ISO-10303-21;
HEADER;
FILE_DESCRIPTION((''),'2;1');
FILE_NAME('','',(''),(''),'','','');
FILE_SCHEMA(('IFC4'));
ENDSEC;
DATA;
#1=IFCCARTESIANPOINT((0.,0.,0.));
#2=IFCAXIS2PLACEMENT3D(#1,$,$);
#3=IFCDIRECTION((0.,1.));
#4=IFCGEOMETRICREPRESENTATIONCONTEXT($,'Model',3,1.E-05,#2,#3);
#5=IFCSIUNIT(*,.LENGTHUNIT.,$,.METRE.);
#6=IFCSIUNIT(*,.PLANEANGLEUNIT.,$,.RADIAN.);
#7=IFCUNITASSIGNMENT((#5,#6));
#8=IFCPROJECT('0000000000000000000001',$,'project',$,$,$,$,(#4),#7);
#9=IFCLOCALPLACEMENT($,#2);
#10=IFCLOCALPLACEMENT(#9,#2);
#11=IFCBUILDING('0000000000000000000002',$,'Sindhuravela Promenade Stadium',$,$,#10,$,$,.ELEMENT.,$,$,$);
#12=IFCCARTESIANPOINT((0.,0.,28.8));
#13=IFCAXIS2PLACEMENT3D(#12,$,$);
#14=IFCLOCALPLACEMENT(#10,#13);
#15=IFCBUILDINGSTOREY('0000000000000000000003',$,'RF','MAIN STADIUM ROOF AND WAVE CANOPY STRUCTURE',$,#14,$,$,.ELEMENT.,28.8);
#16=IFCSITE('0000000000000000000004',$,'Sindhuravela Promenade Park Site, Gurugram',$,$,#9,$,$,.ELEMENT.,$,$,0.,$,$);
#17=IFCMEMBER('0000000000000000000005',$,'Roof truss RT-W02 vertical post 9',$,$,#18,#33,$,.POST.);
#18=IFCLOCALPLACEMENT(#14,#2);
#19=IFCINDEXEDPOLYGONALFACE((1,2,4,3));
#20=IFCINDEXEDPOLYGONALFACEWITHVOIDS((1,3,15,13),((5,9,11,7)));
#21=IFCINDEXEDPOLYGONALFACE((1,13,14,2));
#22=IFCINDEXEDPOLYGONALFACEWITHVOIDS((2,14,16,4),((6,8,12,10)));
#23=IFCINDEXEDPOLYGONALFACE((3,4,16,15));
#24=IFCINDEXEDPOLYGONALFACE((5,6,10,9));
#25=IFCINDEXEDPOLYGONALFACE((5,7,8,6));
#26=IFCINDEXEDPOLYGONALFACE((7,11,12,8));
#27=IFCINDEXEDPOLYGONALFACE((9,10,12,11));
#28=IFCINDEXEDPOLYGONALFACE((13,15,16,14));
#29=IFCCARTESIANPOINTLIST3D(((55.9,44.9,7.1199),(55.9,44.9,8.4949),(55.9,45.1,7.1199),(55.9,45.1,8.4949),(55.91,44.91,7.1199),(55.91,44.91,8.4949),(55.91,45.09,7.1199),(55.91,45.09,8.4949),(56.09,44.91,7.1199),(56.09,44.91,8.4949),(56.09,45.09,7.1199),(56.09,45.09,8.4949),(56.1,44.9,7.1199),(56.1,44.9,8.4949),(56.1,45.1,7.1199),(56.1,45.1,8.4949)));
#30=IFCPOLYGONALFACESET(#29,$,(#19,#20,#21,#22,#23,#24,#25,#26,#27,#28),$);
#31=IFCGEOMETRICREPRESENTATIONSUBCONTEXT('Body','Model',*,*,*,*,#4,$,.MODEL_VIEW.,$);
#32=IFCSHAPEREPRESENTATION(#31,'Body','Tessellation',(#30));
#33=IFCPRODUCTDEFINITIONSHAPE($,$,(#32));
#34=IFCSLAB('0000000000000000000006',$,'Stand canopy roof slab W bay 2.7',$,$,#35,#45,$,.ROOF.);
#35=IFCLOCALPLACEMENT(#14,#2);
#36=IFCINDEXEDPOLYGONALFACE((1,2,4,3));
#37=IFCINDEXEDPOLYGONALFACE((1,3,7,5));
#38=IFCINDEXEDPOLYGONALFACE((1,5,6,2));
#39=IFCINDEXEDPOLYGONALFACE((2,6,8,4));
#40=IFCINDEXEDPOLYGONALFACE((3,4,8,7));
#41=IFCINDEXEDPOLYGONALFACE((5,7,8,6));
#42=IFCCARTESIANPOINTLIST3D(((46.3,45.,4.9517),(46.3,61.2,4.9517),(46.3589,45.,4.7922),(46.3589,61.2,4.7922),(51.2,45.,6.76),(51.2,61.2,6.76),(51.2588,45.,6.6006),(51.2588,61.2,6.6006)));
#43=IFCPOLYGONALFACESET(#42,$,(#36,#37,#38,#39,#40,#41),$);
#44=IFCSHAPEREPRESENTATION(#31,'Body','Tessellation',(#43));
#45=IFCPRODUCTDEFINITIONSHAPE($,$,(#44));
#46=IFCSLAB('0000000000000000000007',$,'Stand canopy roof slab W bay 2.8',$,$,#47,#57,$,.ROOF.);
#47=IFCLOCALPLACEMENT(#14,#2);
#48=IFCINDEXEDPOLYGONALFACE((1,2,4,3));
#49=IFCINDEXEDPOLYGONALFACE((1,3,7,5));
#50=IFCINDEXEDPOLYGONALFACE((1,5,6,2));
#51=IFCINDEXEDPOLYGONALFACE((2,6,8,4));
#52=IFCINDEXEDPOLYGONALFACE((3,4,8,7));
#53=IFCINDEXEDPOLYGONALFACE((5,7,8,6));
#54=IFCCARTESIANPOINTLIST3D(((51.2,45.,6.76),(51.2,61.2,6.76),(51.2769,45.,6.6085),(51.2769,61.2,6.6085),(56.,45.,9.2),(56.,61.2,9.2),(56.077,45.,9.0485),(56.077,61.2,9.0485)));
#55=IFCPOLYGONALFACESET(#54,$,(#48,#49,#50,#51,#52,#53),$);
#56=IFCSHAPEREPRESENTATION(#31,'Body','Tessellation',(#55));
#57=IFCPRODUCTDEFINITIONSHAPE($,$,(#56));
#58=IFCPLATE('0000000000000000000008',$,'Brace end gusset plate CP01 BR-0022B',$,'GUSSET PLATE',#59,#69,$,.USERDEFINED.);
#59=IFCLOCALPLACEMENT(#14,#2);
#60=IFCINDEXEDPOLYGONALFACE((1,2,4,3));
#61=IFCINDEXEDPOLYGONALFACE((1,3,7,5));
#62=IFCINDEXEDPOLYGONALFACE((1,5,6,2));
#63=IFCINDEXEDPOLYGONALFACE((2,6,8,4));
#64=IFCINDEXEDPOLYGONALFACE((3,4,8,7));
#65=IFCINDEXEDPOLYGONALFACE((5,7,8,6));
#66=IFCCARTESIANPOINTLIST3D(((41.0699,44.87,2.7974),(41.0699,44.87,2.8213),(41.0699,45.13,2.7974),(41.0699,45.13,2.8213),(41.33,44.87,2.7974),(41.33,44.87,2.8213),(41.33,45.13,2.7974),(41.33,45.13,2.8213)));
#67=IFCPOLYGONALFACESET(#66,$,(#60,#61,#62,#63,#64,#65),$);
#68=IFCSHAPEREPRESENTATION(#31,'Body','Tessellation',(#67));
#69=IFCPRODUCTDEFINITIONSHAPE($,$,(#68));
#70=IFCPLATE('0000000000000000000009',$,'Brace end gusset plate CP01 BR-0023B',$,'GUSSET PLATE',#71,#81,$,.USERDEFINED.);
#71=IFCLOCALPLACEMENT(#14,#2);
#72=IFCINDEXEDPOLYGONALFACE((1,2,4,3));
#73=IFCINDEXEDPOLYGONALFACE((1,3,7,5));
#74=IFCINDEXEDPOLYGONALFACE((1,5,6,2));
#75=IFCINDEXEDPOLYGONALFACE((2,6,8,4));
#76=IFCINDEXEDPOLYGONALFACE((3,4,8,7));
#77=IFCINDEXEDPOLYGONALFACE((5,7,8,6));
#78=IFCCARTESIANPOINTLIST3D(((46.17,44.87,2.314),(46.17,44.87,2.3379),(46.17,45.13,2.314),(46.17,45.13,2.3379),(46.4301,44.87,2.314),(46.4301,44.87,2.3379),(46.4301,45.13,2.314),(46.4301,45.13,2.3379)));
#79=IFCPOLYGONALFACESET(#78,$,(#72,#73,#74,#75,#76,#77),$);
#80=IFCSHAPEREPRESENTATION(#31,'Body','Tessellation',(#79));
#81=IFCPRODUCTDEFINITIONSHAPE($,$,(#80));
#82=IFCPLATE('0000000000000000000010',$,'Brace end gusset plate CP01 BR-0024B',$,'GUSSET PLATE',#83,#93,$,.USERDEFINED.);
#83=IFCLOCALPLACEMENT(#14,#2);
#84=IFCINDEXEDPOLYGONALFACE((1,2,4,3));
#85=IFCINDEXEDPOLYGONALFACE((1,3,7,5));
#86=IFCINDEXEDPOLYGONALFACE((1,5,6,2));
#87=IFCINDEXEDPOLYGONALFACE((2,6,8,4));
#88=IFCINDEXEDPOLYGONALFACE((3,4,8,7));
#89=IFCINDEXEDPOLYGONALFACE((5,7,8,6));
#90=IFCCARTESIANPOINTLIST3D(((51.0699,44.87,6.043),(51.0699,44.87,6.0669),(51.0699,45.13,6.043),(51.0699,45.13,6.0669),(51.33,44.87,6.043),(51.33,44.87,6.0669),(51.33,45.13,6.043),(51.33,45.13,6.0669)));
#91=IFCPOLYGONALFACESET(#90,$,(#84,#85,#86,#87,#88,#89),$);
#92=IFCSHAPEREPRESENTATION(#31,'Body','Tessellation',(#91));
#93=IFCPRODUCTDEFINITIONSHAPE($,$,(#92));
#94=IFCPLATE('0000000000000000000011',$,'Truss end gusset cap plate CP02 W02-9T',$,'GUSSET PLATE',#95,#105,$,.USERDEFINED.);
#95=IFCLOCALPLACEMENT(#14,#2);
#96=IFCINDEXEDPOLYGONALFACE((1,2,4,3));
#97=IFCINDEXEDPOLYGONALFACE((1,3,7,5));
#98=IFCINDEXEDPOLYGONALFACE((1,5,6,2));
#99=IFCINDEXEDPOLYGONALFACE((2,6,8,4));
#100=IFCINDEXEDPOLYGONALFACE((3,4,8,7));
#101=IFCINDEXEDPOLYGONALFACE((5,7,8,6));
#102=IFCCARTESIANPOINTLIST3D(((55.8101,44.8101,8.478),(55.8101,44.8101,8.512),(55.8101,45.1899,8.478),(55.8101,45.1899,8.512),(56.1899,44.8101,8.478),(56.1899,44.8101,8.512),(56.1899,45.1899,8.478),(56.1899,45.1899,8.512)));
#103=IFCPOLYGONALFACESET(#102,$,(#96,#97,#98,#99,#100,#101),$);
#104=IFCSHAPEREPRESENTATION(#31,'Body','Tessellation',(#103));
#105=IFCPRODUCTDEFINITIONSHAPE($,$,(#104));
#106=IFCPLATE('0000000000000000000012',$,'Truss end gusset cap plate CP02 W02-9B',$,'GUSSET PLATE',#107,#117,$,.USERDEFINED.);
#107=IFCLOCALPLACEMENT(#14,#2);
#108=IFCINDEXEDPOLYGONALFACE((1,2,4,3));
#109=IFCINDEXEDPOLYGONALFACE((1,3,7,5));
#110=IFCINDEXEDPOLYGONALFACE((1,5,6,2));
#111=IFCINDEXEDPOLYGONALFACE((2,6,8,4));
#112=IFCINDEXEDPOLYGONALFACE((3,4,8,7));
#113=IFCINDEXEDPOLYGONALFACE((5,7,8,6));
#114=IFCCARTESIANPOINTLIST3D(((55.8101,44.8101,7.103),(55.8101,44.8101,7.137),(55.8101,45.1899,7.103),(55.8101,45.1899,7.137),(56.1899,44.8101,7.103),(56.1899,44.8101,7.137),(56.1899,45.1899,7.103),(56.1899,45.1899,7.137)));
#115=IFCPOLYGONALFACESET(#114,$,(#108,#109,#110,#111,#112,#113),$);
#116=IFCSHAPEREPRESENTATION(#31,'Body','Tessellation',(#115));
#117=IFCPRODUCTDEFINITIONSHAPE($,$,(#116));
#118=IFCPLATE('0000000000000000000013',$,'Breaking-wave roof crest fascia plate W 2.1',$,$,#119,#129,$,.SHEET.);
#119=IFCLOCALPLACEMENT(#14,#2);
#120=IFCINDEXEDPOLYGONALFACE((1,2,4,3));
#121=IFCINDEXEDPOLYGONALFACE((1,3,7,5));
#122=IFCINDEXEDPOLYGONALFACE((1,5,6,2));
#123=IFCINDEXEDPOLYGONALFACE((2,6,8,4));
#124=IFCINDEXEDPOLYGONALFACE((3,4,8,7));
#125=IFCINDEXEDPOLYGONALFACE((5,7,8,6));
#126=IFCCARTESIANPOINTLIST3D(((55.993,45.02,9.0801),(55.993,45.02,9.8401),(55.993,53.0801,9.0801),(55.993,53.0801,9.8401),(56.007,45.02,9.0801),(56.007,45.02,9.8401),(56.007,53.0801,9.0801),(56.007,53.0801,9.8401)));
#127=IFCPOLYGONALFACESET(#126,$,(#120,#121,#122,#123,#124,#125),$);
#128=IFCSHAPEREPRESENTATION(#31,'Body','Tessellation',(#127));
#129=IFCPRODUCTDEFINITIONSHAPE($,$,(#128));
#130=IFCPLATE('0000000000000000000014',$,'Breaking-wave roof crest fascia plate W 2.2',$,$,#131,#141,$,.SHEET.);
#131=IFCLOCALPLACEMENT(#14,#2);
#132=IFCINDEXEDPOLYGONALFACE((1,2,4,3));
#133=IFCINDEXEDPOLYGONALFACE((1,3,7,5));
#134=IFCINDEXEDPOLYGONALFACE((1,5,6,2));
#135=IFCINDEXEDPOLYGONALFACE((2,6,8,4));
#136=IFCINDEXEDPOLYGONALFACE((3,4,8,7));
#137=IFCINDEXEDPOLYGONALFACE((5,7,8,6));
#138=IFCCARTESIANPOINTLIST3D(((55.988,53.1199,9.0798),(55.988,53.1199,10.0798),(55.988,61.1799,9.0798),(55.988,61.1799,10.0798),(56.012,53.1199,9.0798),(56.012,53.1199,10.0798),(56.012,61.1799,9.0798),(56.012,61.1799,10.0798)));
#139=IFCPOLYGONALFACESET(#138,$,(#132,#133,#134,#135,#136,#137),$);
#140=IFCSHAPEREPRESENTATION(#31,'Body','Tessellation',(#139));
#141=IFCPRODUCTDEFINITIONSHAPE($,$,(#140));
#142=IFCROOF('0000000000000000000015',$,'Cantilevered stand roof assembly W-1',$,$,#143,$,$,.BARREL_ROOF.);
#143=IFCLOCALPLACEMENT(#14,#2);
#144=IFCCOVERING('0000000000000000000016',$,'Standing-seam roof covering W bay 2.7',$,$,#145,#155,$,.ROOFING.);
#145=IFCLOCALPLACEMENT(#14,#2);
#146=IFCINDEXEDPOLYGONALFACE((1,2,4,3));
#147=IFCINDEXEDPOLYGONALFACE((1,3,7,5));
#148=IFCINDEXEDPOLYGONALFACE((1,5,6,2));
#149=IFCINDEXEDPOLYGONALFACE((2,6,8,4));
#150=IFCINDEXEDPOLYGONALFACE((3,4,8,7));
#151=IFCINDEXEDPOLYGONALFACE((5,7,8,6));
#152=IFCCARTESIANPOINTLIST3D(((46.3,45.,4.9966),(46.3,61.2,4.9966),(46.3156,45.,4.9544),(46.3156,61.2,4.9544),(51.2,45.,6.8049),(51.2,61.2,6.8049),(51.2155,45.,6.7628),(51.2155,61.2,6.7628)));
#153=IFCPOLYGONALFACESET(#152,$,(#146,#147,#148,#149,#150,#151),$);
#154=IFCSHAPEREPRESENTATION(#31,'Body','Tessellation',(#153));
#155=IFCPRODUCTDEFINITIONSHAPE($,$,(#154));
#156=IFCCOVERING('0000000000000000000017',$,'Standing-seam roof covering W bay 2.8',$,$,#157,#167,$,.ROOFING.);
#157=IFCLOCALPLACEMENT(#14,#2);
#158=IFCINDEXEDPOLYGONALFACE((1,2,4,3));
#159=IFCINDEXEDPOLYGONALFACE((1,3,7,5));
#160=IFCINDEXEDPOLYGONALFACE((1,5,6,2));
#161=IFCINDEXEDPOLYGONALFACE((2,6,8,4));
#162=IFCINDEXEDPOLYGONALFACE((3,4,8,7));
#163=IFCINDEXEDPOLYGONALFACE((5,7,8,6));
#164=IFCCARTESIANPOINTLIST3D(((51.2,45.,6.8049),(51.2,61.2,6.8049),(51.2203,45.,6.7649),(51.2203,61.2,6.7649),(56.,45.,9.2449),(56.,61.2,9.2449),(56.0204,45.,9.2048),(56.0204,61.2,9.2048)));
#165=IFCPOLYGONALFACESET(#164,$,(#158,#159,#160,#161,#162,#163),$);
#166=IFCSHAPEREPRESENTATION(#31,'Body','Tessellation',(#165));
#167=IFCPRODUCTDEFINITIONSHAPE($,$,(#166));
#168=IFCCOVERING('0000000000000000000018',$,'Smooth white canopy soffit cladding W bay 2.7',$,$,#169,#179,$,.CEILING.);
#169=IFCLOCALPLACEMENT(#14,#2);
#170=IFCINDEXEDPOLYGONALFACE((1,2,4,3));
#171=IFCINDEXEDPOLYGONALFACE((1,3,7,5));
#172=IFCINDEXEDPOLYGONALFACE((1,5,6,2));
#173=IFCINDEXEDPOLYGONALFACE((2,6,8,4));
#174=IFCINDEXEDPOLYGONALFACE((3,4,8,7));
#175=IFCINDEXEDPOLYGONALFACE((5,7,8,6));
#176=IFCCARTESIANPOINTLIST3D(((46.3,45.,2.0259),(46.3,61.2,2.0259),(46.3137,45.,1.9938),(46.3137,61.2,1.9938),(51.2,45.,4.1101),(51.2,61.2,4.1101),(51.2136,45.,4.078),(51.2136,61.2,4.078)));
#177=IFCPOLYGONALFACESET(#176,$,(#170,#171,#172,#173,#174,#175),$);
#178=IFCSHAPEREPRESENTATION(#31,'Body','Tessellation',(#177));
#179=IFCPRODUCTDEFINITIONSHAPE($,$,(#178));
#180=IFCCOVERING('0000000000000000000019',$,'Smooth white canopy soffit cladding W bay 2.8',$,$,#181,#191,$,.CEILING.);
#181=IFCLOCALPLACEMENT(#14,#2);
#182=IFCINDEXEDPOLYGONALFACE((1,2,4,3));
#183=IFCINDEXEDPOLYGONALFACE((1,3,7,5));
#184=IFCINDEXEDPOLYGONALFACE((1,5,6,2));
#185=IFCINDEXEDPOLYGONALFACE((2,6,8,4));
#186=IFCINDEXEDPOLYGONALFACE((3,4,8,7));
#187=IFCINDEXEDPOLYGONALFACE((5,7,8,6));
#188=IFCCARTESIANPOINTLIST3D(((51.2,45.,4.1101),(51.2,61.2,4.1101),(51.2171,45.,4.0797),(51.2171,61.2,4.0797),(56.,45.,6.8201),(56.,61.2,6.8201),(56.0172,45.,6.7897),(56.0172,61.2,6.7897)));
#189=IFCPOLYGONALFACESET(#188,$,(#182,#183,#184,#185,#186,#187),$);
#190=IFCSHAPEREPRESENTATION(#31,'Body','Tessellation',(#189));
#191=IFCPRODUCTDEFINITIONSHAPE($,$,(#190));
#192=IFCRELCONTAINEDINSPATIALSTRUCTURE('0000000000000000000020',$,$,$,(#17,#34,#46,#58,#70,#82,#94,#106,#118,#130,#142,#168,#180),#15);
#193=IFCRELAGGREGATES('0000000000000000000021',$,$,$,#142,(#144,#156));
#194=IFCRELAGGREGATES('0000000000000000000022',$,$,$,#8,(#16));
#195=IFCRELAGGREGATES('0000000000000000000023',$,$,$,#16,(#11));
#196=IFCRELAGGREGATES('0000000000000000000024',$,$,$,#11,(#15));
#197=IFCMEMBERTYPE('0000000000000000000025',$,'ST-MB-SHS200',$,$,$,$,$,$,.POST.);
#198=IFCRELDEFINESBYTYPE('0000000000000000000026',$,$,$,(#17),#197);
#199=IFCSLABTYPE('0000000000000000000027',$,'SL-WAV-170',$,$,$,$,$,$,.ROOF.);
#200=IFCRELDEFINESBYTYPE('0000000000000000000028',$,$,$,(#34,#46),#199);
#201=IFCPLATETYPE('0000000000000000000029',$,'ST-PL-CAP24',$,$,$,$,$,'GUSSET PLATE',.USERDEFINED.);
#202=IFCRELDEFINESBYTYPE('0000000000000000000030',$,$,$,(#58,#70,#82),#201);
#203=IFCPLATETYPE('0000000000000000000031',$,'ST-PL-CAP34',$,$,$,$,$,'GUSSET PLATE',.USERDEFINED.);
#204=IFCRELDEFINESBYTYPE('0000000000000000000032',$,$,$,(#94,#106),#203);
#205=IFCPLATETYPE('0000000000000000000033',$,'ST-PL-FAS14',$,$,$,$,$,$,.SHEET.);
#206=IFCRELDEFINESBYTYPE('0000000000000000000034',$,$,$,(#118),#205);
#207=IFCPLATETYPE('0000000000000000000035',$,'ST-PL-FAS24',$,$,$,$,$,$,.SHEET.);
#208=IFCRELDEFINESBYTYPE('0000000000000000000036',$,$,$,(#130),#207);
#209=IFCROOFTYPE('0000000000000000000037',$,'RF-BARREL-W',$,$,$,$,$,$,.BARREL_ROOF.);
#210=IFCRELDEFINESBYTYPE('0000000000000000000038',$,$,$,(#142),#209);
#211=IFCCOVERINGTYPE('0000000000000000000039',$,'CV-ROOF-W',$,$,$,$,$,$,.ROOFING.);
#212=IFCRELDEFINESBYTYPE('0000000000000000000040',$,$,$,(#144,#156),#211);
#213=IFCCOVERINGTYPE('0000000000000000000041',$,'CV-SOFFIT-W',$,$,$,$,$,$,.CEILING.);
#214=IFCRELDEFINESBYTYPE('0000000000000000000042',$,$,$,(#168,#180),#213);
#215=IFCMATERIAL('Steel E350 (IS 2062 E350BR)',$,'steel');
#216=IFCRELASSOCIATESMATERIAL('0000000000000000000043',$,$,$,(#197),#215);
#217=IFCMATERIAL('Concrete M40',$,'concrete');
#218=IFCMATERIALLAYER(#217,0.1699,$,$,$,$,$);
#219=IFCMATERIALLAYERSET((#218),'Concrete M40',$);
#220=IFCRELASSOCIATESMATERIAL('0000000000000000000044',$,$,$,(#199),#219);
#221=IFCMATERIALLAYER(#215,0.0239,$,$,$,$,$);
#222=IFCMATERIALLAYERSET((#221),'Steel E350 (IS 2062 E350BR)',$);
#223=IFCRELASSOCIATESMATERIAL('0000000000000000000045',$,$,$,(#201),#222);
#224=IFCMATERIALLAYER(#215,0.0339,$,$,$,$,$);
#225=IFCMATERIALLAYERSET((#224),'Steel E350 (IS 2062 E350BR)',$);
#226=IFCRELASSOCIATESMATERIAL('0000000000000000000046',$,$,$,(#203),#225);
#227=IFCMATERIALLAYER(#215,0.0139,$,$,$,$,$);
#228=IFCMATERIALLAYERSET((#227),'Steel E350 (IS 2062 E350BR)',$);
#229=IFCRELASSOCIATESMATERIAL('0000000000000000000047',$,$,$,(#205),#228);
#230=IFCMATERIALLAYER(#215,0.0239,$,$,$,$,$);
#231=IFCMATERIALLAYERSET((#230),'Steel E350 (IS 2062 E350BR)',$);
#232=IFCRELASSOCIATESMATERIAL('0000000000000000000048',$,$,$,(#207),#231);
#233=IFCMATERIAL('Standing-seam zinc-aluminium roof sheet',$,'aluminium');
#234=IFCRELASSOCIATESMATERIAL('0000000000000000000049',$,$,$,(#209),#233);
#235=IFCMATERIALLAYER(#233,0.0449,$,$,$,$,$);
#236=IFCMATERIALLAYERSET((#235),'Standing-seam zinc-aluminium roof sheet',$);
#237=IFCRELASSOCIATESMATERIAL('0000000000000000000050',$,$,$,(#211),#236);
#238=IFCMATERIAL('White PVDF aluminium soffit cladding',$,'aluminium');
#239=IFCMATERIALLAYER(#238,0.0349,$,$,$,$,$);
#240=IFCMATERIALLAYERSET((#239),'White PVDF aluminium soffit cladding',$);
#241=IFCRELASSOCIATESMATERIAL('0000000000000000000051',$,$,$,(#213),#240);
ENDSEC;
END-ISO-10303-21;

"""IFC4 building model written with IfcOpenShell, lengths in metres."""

from ifc_helpers import new_model, si_unit, direction, frame, origin, origin_2d, place, context, subcontext, project, spatial, polyline, rectangle, hollow_rectangle, outline, extrude, material, layer, layer_set, material_profile, profile_set, type_object, element, aggregate, save


model = new_model("IFC4")

# Units and contexts
model_context = context("Model", 3, precision=1e-05, world=origin(), true_north=direction((0.0, 1.0)))
body_context = subcontext(model_context, "Body", "Model", "MODEL_VIEW")
ifc_project = project(units=[si_unit("LENGTHUNIT", "METRE"), si_unit("PLANEANGLEUNIT", "RADIAN")], contexts=[model_context])

# Site, building, storey
site_placement = place(None, origin())
site = spatial("IfcSite", under=ifc_project, at=site_placement, Name="Sindhuravela Promenade Park Site, Gurugram", CompositionType="ELEMENT", RefElevation=0.0)
building_placement = place(site_placement, origin())
building = spatial("IfcBuilding", under=site, at=building_placement, Name="Sindhuravela Promenade Stadium", CompositionType="ELEMENT")
storey_placement = place(building_placement, frame((0.0, 0.0, 28.8)))
storey = spatial("IfcBuildingStorey", under=building, at=storey_placement, Name="RF", Description="MAIN STADIUM ROOF AND WAVE CANOPY STRUCTURE", CompositionType="ELEMENT", Elevation=28.8)

# Shared definitions
ifc_material_1 = material(Name="Steel E350 (IS 2062 E350BR)", Category="steel")

# Member
ifc_material_profile_1 = material_profile(ifc_material_1, hollow_rectangle(XDim=0.2, YDim=0.2, WallThickness=0.01, at=origin_2d()), Name="SHS 200x200x10")
ifc_profile_set_1 = profile_set([ifc_material_profile_1], Name="Steel E350 (IS 2062 E350BR)")
member_type_1 = type_object("IfcMemberType", Name="ST-MB-SHS200", PredefinedType="POST", material=ifc_profile_set_1)
member_1_placement = place(storey_placement, frame((56.0, 45.0, 7.1199), z_axis=(0.0, 0.0, 1.0), x_axis=(1.0, 0.0, 0.0)))
element("IfcMember", 1, at=member_1_placement, inside=storey, type_object=member_type_1, Name="Roof truss RT-W02 vertical post 9", PredefinedType="POST", context=body_context, shape_type="SweptSolid", body=[
    extrude(hollow_rectangle(XDim=0.2, YDim=0.2, WallThickness=0.01, at=origin_2d()), origin(), (0.0, 0.0, 1.0), 1.375),
])

# Slabs
ifc_material_2 = material(Name="Concrete M40", Category="concrete")
ifc_layer_1 = layer(ifc_material_2, 0.1699)
ifc_layer_set_1 = layer_set([ifc_layer_1], Name="Concrete M40")
slab_type = type_object("IfcSlabType", Name="SL-WAV-170", PredefinedType="ROOF", material=ifc_layer_set_1)
slab_1_placement = place(storey_placement, frame((46.3, 45.0, 4.9517), z_axis=(-0.346232, 0.0, 0.938149), x_axis=(0.0, 1.0, 0.0)))
element("IfcSlab", 2, at=slab_1_placement, inside=storey, type_object=slab_type, Name="Stand canopy roof slab W bay 2.7", PredefinedType="ROOF", context=body_context, shape_type="SweptSolid", body=[
    extrude(outline(polyline([(0.0, 0.0), (0.0, -5.2229), (16.2, -5.2229), (16.2, 0.0), (0.0, 0.0)])), origin(), (0.0, 0.0, -1.0), 0.1699),
])
slab_2_placement = place(storey_placement, frame((51.2, 45.0, 6.76), z_axis=(-0.453134, 0.0, 0.891442), x_axis=(0.0, 1.0, 0.0)))
element("IfcSlab", 3, at=slab_2_placement, inside=storey, type_object=slab_type, Name="Stand canopy roof slab W bay 2.8", PredefinedType="ROOF", context=body_context, shape_type="SweptSolid", body=[
    extrude(outline(polyline([(0.0, 0.0), (0.0, -5.3846), (16.2, -5.3846), (16.2, 0.0), (0.0, 0.0)])), origin(), (0.0, 0.0, -1.0), 0.1699),
])

# Plates
ifc_layer_2 = layer(ifc_material_1, 0.0239)
ifc_layer_set_2 = layer_set([ifc_layer_2], Name="Steel E350 (IS 2062 E350BR)")
plate_type_1 = type_object("IfcPlateType", Name="ST-PL-CAP24", ElementType="GUSSET PLATE", PredefinedType="USERDEFINED", material=ifc_layer_set_2)
for number, where, z_axis, x_axis, name in (
    (4, (41.2, 45.0, 2.7974), (0.0, 0.0, 1.0), (1.0, 0.0, 0.0), "Brace end gusset plate CP01 BR-0022B"),
    (5, (46.3, 45.0, 2.314), (0.0, 0.0, 1.0), (1.0, 0.0, 0.0), "Brace end gusset plate CP01 BR-0023B"),
    (6, (51.2, 45.0, 6.043), (0.0, 0.0, 1.0), (1.0, 0.0, 0.0), "Brace end gusset plate CP01 BR-0024B"),
):
    element("IfcPlate", number, at=place(storey_placement, frame(where, z_axis=z_axis, x_axis=x_axis)), inside=storey, type_object=plate_type_1, Name=name, ObjectType="GUSSET PLATE", PredefinedType="USERDEFINED", context=body_context, shape_type="SweptSolid", body=[
        extrude(rectangle(XDim=0.26, YDim=0.26, at=origin_2d()), origin(), (0.0, 0.0, 1.0), 0.0239),
    ])
ifc_layer_3 = layer(ifc_material_1, 0.0339)
ifc_layer_set_3 = layer_set([ifc_layer_3], Name="Steel E350 (IS 2062 E350BR)")
plate_type_2 = type_object("IfcPlateType", Name="ST-PL-CAP34", ElementType="GUSSET PLATE", PredefinedType="USERDEFINED", material=ifc_layer_set_3)
for number, where, z_axis, x_axis, name in (
    (7, (56.0, 45.0, 8.478), (0.0, 0.0, 1.0), (1.0, 0.0, 0.0), "Truss end gusset cap plate CP02 W02-9T"),
    (8, (56.0, 45.0, 7.103), (0.0, 0.0, 1.0), (1.0, 0.0, 0.0), "Truss end gusset cap plate CP02 W02-9B"),
):
    element("IfcPlate", number, at=place(storey_placement, frame(where, z_axis=z_axis, x_axis=x_axis)), inside=storey, type_object=plate_type_2, Name=name, ObjectType="GUSSET PLATE", PredefinedType="USERDEFINED", context=body_context, shape_type="SweptSolid", body=[
        extrude(rectangle(XDim=0.3799, YDim=0.3799, at=origin_2d()), origin(), (0.0, 0.0, 1.0), 0.0339),
    ])
ifc_layer_4 = layer(ifc_material_1, 0.0139)
ifc_layer_set_4 = layer_set([ifc_layer_4], Name="Steel E350 (IS 2062 E350BR)")
plate_type_3 = type_object("IfcPlateType", Name="ST-PL-FAS14", PredefinedType="SHEET", material=ifc_layer_set_4)
plate_1_placement = place(storey_placement, frame((56.0, 49.05, 9.0801), z_axis=(0.0, 0.0, 1.0), x_axis=(0.0, 1.0, 0.0)))
element("IfcPlate", 9, at=plate_1_placement, inside=storey, type_object=plate_type_3, Name="Breaking-wave roof crest fascia plate W 2.1", PredefinedType="SHEET", context=body_context, shape_type="SweptSolid", body=[
    extrude(rectangle(XDim=8.0601, YDim=0.0139, at=origin_2d()), origin(), (0.0, 0.0, 1.0), 0.76),
])
ifc_layer_5 = layer(ifc_material_1, 0.0239)
ifc_layer_set_5 = layer_set([ifc_layer_5], Name="Steel E350 (IS 2062 E350BR)")
plate_type_4 = type_object("IfcPlateType", Name="ST-PL-FAS24", PredefinedType="SHEET", material=ifc_layer_set_5)
plate_2_placement = place(storey_placement, frame((56.0, 57.1499, 9.0798), z_axis=(0.0, 0.0, 1.0), x_axis=(0.0, 1.0, 0.0)))
element("IfcPlate", 10, at=plate_2_placement, inside=storey, type_object=plate_type_4, Name="Breaking-wave roof crest fascia plate W 2.2", PredefinedType="SHEET", context=body_context, shape_type="SweptSolid", body=[
    extrude(rectangle(XDim=8.0601, YDim=0.0239, at=origin_2d()), origin(), (0.0, 0.0, 1.0), 1.0),
])

# Roof, coverings
ifc_material_3 = material(Name="Standing-seam zinc-aluminium roof sheet", Category="aluminium")
roof_type = type_object("IfcRoofType", Name="RF-BARREL-W", PredefinedType="BARREL_ROOF", material=ifc_material_3)
roof_placement = place(storey_placement, origin())
roof = element("IfcRoof", 11, at=roof_placement, inside=storey, type_object=roof_type, Name="Cantilevered stand roof assembly W-1", PredefinedType="BARREL_ROOF")
ifc_layer_6 = layer(ifc_material_3, 0.0449)
ifc_layer_set_6 = layer_set([ifc_layer_6], Name="Standing-seam zinc-aluminium roof sheet")
covering_type_1 = type_object("IfcCoveringType", Name="CV-ROOF-W", PredefinedType="ROOFING", material=ifc_layer_set_6)
covering_1_placement = place(storey_placement, frame((46.3, 45.0, 4.9966), z_axis=(-0.346232, 0.0, 0.938149), x_axis=(0.0, 1.0, 0.0)))
covering_1 = element("IfcCovering", 12, at=covering_1_placement, type_object=covering_type_1, Name="Standing-seam roof covering W bay 2.7", PredefinedType="ROOFING", context=body_context, shape_type="SweptSolid", body=[
    extrude(outline(polyline([(0.0, 0.0), (0.0, -5.2229), (16.2, -5.2229), (16.2, 0.0), (0.0, 0.0)])), origin(), (0.0, 0.0, -1.0), 0.0449),
])
covering_2_placement = place(storey_placement, frame((51.2, 45.0, 6.8049), z_axis=(-0.453134, 0.0, 0.891442), x_axis=(0.0, 1.0, 0.0)))
covering_2 = element("IfcCovering", 13, at=covering_2_placement, type_object=covering_type_1, Name="Standing-seam roof covering W bay 2.8", PredefinedType="ROOFING", context=body_context, shape_type="SweptSolid", body=[
    extrude(outline(polyline([(0.0, 0.0), (0.0, -5.3846), (16.2, -5.3846), (16.2, 0.0), (0.0, 0.0)])), origin(), (0.0, 0.0, -1.0), 0.0449),
])
aggregate(roof, [covering_1, covering_2])

# Coverings
ifc_material_4 = material(Name="White PVDF aluminium soffit cladding", Category="aluminium")
ifc_layer_7 = layer(ifc_material_4, 0.0349)
ifc_layer_set_7 = layer_set([ifc_layer_7], Name="White PVDF aluminium soffit cladding")
covering_type_2 = type_object("IfcCoveringType", Name="CV-SOFFIT-W", PredefinedType="CEILING", material=ifc_layer_set_7)
covering_3_placement = place(storey_placement, frame((46.3, 45.0, 2.0259), z_axis=(-0.391422, 0.0, 0.920211), x_axis=(0.0, 1.0, 0.0)))
element("IfcCovering", 14, at=covering_3_placement, inside=storey, type_object=covering_type_2, Name="Smooth white canopy soffit cladding W bay 2.7", PredefinedType="CEILING", context=body_context, shape_type="SweptSolid", body=[
    extrude(outline(polyline([(0.0, 0.0), (0.0, -5.3248), (16.2, -5.3248), (16.2, 0.0), (0.0, 0.0)])), origin(), (0.0, 0.0, -1.0), 0.0349),
])
covering_4_placement = place(storey_placement, frame((51.2, 45.0, 4.1101), z_axis=(-0.49163, 0.0, 0.870804), x_axis=(0.0, 1.0, 0.0)))
element("IfcCovering", 15, at=covering_4_placement, inside=storey, type_object=covering_type_2, Name="Smooth white canopy soffit cladding W bay 2.8", PredefinedType="CEILING", context=body_context, shape_type="SweptSolid", body=[
    extrude(outline(polyline([(0.0, 0.0), (0.0, -5.5122), (16.2, -5.5122), (16.2, 0.0), (0.0, 0.0)])), origin(), (0.0, 0.0, -1.0), 0.0349),
])

save(model, "model.ifc")
